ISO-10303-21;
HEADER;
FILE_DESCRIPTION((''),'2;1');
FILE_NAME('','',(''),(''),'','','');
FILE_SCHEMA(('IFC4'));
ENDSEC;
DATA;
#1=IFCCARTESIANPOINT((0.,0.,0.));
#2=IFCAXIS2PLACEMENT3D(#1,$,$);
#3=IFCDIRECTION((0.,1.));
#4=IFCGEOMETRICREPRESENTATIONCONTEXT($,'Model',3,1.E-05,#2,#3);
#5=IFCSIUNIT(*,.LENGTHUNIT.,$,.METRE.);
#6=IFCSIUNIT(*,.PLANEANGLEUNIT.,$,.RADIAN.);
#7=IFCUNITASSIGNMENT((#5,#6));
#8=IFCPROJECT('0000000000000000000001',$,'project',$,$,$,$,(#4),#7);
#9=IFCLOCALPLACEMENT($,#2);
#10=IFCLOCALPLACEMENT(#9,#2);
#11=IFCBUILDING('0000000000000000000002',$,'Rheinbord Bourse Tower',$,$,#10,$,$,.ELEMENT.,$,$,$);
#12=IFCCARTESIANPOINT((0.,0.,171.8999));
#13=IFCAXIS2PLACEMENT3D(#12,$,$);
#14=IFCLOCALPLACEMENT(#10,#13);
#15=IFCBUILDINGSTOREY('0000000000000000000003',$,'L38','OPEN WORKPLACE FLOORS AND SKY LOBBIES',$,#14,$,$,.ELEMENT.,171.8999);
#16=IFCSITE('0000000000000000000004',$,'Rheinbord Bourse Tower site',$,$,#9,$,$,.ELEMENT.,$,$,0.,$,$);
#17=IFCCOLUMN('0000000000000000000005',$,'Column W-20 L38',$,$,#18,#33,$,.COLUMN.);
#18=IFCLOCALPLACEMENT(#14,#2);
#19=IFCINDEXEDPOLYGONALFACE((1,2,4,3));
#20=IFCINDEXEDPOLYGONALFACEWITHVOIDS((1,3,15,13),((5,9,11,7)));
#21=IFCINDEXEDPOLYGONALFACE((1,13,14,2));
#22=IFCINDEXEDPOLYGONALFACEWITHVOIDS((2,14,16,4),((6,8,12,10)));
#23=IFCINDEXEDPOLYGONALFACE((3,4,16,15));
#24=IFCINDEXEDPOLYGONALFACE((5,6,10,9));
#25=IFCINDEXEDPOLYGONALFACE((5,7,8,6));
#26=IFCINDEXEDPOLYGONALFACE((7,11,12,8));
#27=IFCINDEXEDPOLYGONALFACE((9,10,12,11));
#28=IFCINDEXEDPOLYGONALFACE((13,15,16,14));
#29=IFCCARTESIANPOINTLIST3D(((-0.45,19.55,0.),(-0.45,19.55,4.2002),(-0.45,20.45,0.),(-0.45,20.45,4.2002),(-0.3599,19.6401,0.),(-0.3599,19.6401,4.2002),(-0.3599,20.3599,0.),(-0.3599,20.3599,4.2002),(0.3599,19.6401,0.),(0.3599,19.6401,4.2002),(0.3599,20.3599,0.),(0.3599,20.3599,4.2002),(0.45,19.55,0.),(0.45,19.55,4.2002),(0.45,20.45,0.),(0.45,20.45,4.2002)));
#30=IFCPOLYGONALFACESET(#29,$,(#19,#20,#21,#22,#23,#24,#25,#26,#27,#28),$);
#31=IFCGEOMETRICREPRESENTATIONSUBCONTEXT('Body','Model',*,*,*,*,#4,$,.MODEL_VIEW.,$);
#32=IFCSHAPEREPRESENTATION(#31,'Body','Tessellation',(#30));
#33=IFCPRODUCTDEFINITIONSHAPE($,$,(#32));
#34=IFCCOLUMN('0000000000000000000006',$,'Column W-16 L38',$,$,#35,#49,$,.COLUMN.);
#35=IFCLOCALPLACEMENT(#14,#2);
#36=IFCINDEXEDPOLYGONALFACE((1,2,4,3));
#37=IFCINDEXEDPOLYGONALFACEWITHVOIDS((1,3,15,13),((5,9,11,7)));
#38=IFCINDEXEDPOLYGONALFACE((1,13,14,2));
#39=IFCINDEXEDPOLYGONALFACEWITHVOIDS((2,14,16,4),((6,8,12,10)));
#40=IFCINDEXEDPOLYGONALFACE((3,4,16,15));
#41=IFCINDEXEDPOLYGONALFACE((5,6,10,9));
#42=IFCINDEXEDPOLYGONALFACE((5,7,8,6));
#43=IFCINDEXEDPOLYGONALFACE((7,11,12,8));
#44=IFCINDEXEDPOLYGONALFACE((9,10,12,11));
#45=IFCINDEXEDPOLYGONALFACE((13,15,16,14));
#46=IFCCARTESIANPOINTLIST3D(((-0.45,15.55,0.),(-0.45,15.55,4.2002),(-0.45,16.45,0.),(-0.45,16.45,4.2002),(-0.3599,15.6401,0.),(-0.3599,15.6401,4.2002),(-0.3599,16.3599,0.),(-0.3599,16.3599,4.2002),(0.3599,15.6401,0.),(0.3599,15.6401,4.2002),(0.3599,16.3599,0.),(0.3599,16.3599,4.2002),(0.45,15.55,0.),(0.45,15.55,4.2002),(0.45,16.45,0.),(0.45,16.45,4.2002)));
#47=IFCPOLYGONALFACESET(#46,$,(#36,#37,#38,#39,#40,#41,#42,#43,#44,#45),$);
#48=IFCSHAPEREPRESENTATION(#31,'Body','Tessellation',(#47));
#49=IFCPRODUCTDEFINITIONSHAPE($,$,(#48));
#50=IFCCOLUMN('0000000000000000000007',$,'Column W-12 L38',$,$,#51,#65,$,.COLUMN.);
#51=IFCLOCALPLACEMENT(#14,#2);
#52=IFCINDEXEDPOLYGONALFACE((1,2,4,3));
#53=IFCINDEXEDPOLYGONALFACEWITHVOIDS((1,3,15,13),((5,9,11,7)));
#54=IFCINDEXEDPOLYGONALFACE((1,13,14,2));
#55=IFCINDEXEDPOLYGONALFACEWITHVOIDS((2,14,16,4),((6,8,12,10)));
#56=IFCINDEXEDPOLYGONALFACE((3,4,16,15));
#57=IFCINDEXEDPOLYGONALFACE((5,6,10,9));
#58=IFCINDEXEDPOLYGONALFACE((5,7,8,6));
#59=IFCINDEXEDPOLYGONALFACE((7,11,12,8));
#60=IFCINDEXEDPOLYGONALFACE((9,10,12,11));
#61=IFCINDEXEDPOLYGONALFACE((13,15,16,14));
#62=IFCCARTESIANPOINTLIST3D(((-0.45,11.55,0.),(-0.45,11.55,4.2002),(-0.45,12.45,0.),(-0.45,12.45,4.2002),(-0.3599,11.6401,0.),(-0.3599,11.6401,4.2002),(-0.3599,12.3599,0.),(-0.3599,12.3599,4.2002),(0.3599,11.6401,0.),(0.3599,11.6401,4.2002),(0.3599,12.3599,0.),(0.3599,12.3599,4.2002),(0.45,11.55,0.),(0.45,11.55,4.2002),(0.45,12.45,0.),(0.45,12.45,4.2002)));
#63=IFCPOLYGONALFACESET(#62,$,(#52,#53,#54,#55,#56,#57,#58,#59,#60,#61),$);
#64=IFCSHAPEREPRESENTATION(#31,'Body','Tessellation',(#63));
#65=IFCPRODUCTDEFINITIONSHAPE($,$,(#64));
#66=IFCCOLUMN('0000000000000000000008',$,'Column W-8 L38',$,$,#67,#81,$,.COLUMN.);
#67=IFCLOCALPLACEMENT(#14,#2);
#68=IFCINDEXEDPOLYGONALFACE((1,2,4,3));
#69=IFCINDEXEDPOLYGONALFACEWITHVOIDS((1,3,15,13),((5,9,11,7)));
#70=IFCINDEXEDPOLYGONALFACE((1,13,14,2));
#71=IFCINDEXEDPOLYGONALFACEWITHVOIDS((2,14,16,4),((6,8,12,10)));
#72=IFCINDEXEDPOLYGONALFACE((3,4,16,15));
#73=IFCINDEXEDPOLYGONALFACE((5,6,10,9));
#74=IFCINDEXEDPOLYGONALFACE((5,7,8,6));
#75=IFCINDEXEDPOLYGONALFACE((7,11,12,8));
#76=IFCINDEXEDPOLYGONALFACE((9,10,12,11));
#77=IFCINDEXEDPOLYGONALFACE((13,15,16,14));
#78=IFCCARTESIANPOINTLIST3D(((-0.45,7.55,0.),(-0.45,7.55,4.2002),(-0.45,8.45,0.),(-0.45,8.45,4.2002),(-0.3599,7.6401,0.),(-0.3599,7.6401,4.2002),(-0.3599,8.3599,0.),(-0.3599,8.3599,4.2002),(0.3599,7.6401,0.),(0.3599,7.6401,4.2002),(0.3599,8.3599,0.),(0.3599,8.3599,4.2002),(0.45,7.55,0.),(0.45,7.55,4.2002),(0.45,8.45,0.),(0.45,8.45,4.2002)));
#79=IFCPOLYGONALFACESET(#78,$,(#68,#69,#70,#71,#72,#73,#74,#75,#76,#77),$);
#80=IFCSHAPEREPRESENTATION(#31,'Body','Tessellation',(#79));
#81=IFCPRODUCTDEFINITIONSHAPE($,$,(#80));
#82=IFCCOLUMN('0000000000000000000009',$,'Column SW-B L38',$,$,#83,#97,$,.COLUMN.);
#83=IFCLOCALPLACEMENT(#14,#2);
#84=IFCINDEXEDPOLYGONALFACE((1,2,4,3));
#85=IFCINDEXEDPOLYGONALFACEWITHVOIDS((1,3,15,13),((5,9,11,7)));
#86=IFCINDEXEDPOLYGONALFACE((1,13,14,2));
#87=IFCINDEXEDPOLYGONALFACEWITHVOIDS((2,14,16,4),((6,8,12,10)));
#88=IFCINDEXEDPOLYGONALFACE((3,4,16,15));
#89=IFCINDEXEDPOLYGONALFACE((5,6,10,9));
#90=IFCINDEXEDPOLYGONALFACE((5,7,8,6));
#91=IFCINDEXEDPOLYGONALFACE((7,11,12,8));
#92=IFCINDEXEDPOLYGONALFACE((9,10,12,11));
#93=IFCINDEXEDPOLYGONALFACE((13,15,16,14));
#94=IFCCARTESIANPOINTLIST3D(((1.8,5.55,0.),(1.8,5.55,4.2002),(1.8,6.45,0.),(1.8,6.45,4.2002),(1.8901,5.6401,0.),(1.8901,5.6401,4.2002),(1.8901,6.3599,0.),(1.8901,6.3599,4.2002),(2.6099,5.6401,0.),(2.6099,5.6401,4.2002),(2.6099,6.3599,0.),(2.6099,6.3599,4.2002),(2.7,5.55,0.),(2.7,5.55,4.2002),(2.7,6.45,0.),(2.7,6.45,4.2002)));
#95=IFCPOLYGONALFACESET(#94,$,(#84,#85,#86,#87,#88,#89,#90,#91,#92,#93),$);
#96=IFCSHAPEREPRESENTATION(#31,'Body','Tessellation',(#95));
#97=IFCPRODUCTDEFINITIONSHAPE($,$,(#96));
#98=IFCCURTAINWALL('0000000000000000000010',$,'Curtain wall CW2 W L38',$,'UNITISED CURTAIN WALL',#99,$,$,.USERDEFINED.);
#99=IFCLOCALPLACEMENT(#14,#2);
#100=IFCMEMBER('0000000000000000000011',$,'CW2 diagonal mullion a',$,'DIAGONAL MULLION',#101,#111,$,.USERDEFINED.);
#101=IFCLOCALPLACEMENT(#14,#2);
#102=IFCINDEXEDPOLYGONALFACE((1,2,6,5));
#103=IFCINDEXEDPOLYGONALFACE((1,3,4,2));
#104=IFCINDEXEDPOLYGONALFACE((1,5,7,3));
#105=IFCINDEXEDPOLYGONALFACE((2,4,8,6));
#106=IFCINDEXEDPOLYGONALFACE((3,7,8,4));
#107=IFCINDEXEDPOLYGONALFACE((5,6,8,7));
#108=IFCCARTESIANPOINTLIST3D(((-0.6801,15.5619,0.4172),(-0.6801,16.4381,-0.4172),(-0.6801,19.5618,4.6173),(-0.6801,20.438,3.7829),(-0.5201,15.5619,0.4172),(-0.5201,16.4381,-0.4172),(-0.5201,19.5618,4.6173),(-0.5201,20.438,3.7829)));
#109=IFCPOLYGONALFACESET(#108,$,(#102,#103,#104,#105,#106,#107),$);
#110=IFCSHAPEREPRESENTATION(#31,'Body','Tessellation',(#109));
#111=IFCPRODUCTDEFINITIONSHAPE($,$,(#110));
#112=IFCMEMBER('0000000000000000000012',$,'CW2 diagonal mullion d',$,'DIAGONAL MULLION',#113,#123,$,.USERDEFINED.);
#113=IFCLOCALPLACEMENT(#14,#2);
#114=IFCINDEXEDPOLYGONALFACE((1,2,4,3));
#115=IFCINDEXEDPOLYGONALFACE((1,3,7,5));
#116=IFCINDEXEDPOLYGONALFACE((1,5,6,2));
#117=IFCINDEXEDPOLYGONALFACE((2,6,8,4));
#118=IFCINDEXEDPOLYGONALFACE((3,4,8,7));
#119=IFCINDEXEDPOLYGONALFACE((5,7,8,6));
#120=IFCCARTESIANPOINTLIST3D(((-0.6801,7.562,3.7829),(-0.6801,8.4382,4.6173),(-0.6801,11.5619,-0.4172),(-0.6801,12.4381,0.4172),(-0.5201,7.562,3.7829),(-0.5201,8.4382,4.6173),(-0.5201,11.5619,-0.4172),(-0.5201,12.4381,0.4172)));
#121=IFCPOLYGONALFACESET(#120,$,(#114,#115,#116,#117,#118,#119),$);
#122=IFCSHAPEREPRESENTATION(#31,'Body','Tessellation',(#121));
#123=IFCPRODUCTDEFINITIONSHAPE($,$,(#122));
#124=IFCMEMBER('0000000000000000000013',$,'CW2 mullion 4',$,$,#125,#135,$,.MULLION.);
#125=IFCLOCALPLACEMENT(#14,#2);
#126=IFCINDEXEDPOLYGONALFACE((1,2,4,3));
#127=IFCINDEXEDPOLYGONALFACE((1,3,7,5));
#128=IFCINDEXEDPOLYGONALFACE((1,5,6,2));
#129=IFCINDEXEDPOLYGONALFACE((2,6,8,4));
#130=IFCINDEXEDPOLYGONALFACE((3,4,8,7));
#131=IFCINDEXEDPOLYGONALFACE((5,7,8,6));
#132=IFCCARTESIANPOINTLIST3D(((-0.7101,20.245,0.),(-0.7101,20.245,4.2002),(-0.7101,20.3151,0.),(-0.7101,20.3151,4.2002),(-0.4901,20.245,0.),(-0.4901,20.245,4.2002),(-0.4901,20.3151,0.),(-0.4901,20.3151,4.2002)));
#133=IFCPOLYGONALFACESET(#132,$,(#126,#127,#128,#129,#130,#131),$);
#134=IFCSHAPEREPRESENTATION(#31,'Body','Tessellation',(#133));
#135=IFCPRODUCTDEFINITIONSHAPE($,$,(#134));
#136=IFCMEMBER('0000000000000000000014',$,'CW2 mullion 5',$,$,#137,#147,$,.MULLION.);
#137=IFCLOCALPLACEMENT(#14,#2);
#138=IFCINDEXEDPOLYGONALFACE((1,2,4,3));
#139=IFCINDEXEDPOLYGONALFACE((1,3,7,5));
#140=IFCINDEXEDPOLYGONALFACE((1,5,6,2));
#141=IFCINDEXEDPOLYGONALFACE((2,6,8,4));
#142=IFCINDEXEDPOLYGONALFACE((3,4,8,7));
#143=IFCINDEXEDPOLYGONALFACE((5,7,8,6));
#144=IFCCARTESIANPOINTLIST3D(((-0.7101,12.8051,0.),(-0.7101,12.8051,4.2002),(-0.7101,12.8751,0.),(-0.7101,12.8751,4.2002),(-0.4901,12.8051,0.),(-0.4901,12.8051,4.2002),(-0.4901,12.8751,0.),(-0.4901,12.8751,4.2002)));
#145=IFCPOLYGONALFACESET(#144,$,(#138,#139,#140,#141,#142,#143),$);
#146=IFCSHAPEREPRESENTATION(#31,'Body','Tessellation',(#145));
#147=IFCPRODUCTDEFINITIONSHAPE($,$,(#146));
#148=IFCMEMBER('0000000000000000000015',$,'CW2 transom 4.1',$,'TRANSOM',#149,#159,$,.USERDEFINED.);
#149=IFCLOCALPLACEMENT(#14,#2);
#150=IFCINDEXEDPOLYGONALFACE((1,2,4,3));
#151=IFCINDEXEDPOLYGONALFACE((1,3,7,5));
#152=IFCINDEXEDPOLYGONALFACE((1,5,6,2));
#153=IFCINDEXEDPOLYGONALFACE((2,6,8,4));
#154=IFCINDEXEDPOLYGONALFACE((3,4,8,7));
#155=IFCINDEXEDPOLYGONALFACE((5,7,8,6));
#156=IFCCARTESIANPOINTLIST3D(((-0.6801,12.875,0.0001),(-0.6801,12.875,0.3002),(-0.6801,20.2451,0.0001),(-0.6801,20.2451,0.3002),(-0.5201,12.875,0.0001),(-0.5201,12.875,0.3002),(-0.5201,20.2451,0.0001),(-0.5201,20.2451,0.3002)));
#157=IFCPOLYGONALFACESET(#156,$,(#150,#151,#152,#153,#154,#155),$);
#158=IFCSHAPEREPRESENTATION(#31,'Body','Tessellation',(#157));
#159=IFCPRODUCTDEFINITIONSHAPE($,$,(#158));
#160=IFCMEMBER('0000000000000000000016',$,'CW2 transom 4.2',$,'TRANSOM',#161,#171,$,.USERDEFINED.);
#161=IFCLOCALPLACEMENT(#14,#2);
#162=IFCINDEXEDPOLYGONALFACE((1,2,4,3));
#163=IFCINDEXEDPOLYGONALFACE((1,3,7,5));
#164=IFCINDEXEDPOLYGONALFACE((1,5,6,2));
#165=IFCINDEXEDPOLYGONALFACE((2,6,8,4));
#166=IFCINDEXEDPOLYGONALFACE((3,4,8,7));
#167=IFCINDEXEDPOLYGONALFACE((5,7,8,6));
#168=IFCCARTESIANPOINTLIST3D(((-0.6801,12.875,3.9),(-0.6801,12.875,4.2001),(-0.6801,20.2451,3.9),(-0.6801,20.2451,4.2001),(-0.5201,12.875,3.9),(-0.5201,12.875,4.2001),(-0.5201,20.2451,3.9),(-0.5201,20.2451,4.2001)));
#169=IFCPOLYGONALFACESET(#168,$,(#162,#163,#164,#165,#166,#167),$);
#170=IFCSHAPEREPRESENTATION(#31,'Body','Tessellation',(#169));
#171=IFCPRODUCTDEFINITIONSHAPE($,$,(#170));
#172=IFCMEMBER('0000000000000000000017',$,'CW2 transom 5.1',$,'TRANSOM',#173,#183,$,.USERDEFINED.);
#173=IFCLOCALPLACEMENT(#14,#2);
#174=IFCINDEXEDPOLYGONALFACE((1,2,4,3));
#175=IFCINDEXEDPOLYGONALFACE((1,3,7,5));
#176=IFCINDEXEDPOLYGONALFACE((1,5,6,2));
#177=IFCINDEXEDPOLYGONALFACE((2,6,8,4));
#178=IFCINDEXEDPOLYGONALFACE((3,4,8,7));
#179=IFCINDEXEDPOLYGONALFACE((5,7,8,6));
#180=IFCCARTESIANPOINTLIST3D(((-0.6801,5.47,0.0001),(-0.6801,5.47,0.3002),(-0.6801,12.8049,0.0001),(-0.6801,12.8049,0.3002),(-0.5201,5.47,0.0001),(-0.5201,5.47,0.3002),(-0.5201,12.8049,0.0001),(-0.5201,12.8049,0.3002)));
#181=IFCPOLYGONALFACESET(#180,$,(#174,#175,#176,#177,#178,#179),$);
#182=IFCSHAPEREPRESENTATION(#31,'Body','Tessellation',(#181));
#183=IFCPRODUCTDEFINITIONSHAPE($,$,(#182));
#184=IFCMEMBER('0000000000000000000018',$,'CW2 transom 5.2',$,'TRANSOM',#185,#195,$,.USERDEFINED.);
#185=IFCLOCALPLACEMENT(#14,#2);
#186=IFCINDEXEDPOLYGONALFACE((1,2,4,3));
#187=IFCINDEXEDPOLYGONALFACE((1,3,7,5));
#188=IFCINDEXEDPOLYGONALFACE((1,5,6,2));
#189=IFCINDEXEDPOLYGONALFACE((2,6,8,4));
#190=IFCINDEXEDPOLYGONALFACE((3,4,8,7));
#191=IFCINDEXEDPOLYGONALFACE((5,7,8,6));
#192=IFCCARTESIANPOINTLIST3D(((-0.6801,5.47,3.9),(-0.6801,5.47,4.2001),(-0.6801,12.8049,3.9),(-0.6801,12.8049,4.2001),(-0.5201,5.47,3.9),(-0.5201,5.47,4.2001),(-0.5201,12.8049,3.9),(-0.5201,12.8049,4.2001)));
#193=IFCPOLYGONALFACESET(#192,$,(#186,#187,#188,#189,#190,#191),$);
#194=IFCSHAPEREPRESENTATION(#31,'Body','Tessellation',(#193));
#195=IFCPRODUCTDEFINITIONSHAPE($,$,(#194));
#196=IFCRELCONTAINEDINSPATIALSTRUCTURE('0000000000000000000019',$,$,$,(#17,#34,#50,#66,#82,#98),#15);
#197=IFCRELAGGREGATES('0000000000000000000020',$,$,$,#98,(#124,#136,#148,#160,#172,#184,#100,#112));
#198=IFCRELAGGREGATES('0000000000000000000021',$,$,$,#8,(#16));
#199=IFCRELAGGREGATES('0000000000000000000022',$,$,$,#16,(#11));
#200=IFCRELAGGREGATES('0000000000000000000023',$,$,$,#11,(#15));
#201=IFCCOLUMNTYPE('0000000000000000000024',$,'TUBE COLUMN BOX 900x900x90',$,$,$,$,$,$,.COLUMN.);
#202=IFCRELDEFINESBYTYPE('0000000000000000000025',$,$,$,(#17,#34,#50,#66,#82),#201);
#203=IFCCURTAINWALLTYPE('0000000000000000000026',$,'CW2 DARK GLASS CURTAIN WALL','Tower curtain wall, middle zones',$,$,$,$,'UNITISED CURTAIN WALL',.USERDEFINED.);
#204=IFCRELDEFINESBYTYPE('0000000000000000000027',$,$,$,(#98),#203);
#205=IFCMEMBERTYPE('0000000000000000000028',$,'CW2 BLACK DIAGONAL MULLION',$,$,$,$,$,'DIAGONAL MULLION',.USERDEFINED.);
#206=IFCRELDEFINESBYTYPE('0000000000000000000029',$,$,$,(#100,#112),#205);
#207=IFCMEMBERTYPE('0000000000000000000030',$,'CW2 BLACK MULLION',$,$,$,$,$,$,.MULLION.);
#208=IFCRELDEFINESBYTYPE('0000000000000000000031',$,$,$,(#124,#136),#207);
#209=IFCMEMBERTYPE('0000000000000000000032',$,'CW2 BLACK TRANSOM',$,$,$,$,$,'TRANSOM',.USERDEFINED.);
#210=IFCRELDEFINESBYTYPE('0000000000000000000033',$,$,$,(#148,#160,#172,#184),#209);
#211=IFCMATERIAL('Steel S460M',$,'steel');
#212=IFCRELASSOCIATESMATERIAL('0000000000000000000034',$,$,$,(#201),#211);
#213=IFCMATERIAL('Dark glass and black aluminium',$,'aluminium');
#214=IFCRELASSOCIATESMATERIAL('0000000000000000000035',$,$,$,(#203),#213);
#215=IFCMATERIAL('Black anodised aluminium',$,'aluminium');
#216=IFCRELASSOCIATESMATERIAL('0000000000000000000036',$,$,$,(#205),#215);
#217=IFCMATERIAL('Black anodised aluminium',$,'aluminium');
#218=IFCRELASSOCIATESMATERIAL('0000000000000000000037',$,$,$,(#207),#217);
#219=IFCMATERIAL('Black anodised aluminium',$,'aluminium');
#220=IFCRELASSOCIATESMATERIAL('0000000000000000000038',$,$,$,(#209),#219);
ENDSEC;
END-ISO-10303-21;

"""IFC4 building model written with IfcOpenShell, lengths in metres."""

from ifc_helpers import new_model, si_unit, direction, frame, origin, origin_2d, place, context, subcontext, project, spatial, rectangle, hollow_rectangle, extrude, material, material_profile, profile_set, type_object, element, aggregate, save


model = new_model("IFC4")

# Units and contexts
model_context = context("Model", 3, precision=1e-05, world=origin(), true_north=direction((0.0, 1.0)))
body_context = subcontext(model_context, "Body", "Model", "MODEL_VIEW")
ifc_project = project(units=[si_unit("LENGTHUNIT", "METRE"), si_unit("PLANEANGLEUNIT", "RADIAN")], contexts=[model_context])

# Site, building, storey
site_placement = place(None, origin())
site = spatial("IfcSite", under=ifc_project, at=site_placement, Name="Rheinbord Bourse Tower site", CompositionType="ELEMENT", RefElevation=0.0)
building_placement = place(site_placement, origin())
building = spatial("IfcBuilding", under=site, at=building_placement, Name="Rheinbord Bourse Tower", CompositionType="ELEMENT")
storey_placement = place(building_placement, frame((0.0, 0.0, 171.8999)))
storey = spatial("IfcBuildingStorey", under=building, at=storey_placement, Name="L38", Description="OPEN WORKPLACE FLOORS AND SKY LOBBIES", CompositionType="ELEMENT", Elevation=171.8999)

# Columns
ifc_material_1 = material(Name="Steel S460M", Category="steel")
ifc_material_profile_1 = material_profile(ifc_material_1, hollow_rectangle(XDim=0.8999, YDim=0.8999, WallThickness=0.0901, at=origin_2d()), Name="BOX 900x900x90")
ifc_profile_set_1 = profile_set([ifc_material_profile_1], Name="Steel S460M")
column_type = type_object("IfcColumnType", Name="TUBE COLUMN BOX 900x900x90", PredefinedType="COLUMN", material=ifc_profile_set_1)
for number, where, z_axis, x_axis, name in (
    (1, (0.0, 20.0, 0.0), (0.0, 0.0, 1.0), (1.0, 0.0, 0.0), "Column W-20 L38"),
    (2, (0.0, 16.0, 0.0), (0.0, 0.0, 1.0), (1.0, 0.0, 0.0), "Column W-16 L38"),
    (3, (0.0, 12.0, 0.0), (0.0, 0.0, 1.0), (1.0, 0.0, 0.0), "Column W-12 L38"),
    (4, (0.0, 8.0, 0.0), (0.0, 0.0, 1.0), (1.0, 0.0, 0.0), "Column W-8 L38"),
    (5, (2.25, 6.0, 0.0), (0.0, 0.0, 1.0), (1.0, 0.0, 0.0), "Column SW-B L38"),
):
    element("IfcColumn", number, at=place(storey_placement, frame(where, z_axis=z_axis, x_axis=x_axis)), inside=storey, type_object=column_type, Name=name, PredefinedType="COLUMN", context=body_context, shape_type="SweptSolid", body=[
        extrude(hollow_rectangle(XDim=0.8999, YDim=0.8999, WallThickness=0.0901, at=origin_2d()), origin(), (0.0, 0.0, 1.0), 4.2002),
    ])

# Curtain wall, members
ifc_material_2 = material(Name="Dark glass and black aluminium", Category="aluminium")
curtain_wall_type = type_object("IfcCurtainWallType", Name="CW2 DARK GLASS CURTAIN WALL", Description="Tower curtain wall, middle zones", ElementType="UNITISED CURTAIN WALL", PredefinedType="USERDEFINED", material=ifc_material_2)
curtain_wall_placement = place(storey_placement, origin())
curtain_wall = element("IfcCurtainWall", 6, at=curtain_wall_placement, inside=storey, type_object=curtain_wall_type, Name="Curtain wall CW2 W L38", ObjectType="UNITISED CURTAIN WALL", PredefinedType="USERDEFINED")
ifc_material_3 = material(Name="Black anodised aluminium", Category="aluminium")
ifc_material_profile_2 = material_profile(ifc_material_3, rectangle(XDim=0.1599, YDim=1.21, at=origin_2d()), Name="CW2 DIAGONAL MULLION 1210x160")
ifc_profile_set_2 = profile_set([ifc_material_profile_2], Name="Black anodised aluminium")
member_type_1 = type_object("IfcMemberType", Name="CW2 BLACK DIAGONAL MULLION", ElementType="DIAGONAL MULLION", PredefinedType="USERDEFINED", material=ifc_profile_set_2)
member_1_placement = place(storey_placement, frame((-0.6001, 16.0, 0.0), z_axis=(0.0, 0.689638, 0.724154), x_axis=(-1.0, 0.0, 0.0)))
member_1 = element("IfcMember", 7, at=member_1_placement, type_object=member_type_1, Name="CW2 diagonal mullion a", ObjectType="DIAGONAL MULLION", PredefinedType="USERDEFINED", context=body_context, shape_type="SweptSolid", body=[
    extrude(rectangle(XDim=0.1599, YDim=1.21, at=origin_2d()), origin(), (0.0, 0.0, 1.0), 5.8),
])
member_2_placement = place(storey_placement, frame((-0.6001, 12.0, 0.0), z_axis=(0.0, -0.689638, 0.724154), x_axis=(1.0, 0.0, 0.0)))
member_2 = element("IfcMember", 8, at=member_2_placement, type_object=member_type_1, Name="CW2 diagonal mullion d", ObjectType="DIAGONAL MULLION", PredefinedType="USERDEFINED", context=body_context, shape_type="SweptSolid", body=[
    extrude(rectangle(XDim=0.1599, YDim=1.21, at=origin_2d()), origin(), (0.0, 0.0, 1.0), 5.8),
])
ifc_material_4 = material(Name="Black anodised aluminium", Category="aluminium")
ifc_material_profile_3 = material_profile(ifc_material_4, rectangle(XDim=0.22, YDim=0.0701, at=origin_2d()), Name="CW2 MULLION 70x220")
ifc_profile_set_3 = profile_set([ifc_material_profile_3], Name="Black anodised aluminium")
member_type_2 = type_object("IfcMemberType", Name="CW2 BLACK MULLION", PredefinedType="MULLION", material=ifc_profile_set_3)
member_3_placement = place(storey_placement, frame((-0.6001, 20.28, 0.0), z_axis=(0.0, 0.0, 1.0), x_axis=(1.0, 0.0, 0.0)))
member_3 = element("IfcMember", 9, at=member_3_placement, type_object=member_type_2, Name="CW2 mullion 4", PredefinedType="MULLION", context=body_context, shape_type="SweptSolid", body=[
    extrude(rectangle(XDim=0.22, YDim=0.0701, at=origin_2d()), origin(), (0.0, 0.0, 1.0), 4.2002),
])
member_4_placement = place(storey_placement, frame((-0.6001, 12.8401, 0.0), z_axis=(0.0, 0.0, 1.0), x_axis=(1.0, 0.0, 0.0)))
member_4 = element("IfcMember", 10, at=member_4_placement, type_object=member_type_2, Name="CW2 mullion 5", PredefinedType="MULLION", context=body_context, shape_type="SweptSolid", body=[
    extrude(rectangle(XDim=0.22, YDim=0.0701, at=origin_2d()), origin(), (0.0, 0.0, 1.0), 4.2002),
])
ifc_material_5 = material(Name="Black anodised aluminium", Category="aluminium")
ifc_material_profile_4 = material_profile(ifc_material_5, rectangle(XDim=0.1599, YDim=0.3, at=origin_2d()), Name="CW2 TRANSOM 300x160")
ifc_profile_set_4 = profile_set([ifc_material_profile_4], Name="Black anodised aluminium")
member_type_3 = type_object("IfcMemberType", Name="CW2 BLACK TRANSOM", ElementType="TRANSOM", PredefinedType="USERDEFINED", material=ifc_profile_set_4)
member_5_placement = place(storey_placement, frame((-0.6001, 20.2451, 0.1501), z_axis=(0.0, -1.0, 0.0), x_axis=(1.0, 0.0, 0.0)))
member_5 = element("IfcMember", 11, at=member_5_placement, type_object=member_type_3, Name="CW2 transom 4.1", ObjectType="TRANSOM", PredefinedType="USERDEFINED", context=body_context, shape_type="SweptSolid", body=[
    extrude(rectangle(XDim=0.1599, YDim=0.3, at=origin_2d()), origin(), (0.0, 0.0, 1.0), 7.3701),
])
member_6_placement = place(storey_placement, frame((-0.6001, 20.2451, 4.05), z_axis=(0.0, -1.0, 0.0), x_axis=(1.0, 0.0, 0.0)))
member_6 = element("IfcMember", 12, at=member_6_placement, type_object=member_type_3, Name="CW2 transom 4.2", ObjectType="TRANSOM", PredefinedType="USERDEFINED", context=body_context, shape_type="SweptSolid", body=[
    extrude(rectangle(XDim=0.1599, YDim=0.3, at=origin_2d()), origin(), (0.0, 0.0, 1.0), 7.3701),
])
member_7_placement = place(storey_placement, frame((-0.6001, 12.8049, 0.1501), z_axis=(0.0, -1.0, 0.0), x_axis=(1.0, 0.0, 0.0)))
member_7 = element("IfcMember", 13, at=member_7_placement, type_object=member_type_3, Name="CW2 transom 5.1", ObjectType="TRANSOM", PredefinedType="USERDEFINED", context=body_context, shape_type="SweptSolid", body=[
    extrude(rectangle(XDim=0.1599, YDim=0.3, at=origin_2d()), origin(), (0.0, 0.0, 1.0), 7.335),
])
member_8_placement = place(storey_placement, frame((-0.6001, 12.8049, 4.05), z_axis=(0.0, -1.0, 0.0), x_axis=(1.0, 0.0, 0.0)))
member_8 = element("IfcMember", 14, at=member_8_placement, type_object=member_type_3, Name="CW2 transom 5.2", ObjectType="TRANSOM", PredefinedType="USERDEFINED", context=body_context, shape_type="SweptSolid", body=[
    extrude(rectangle(XDim=0.1599, YDim=0.3, at=origin_2d()), origin(), (0.0, 0.0, 1.0), 7.335),
])

aggregate(curtain_wall, [member_3, member_4, member_5, member_6, member_7, member_8, member_1, member_2])

save(model, "model.ifc")
